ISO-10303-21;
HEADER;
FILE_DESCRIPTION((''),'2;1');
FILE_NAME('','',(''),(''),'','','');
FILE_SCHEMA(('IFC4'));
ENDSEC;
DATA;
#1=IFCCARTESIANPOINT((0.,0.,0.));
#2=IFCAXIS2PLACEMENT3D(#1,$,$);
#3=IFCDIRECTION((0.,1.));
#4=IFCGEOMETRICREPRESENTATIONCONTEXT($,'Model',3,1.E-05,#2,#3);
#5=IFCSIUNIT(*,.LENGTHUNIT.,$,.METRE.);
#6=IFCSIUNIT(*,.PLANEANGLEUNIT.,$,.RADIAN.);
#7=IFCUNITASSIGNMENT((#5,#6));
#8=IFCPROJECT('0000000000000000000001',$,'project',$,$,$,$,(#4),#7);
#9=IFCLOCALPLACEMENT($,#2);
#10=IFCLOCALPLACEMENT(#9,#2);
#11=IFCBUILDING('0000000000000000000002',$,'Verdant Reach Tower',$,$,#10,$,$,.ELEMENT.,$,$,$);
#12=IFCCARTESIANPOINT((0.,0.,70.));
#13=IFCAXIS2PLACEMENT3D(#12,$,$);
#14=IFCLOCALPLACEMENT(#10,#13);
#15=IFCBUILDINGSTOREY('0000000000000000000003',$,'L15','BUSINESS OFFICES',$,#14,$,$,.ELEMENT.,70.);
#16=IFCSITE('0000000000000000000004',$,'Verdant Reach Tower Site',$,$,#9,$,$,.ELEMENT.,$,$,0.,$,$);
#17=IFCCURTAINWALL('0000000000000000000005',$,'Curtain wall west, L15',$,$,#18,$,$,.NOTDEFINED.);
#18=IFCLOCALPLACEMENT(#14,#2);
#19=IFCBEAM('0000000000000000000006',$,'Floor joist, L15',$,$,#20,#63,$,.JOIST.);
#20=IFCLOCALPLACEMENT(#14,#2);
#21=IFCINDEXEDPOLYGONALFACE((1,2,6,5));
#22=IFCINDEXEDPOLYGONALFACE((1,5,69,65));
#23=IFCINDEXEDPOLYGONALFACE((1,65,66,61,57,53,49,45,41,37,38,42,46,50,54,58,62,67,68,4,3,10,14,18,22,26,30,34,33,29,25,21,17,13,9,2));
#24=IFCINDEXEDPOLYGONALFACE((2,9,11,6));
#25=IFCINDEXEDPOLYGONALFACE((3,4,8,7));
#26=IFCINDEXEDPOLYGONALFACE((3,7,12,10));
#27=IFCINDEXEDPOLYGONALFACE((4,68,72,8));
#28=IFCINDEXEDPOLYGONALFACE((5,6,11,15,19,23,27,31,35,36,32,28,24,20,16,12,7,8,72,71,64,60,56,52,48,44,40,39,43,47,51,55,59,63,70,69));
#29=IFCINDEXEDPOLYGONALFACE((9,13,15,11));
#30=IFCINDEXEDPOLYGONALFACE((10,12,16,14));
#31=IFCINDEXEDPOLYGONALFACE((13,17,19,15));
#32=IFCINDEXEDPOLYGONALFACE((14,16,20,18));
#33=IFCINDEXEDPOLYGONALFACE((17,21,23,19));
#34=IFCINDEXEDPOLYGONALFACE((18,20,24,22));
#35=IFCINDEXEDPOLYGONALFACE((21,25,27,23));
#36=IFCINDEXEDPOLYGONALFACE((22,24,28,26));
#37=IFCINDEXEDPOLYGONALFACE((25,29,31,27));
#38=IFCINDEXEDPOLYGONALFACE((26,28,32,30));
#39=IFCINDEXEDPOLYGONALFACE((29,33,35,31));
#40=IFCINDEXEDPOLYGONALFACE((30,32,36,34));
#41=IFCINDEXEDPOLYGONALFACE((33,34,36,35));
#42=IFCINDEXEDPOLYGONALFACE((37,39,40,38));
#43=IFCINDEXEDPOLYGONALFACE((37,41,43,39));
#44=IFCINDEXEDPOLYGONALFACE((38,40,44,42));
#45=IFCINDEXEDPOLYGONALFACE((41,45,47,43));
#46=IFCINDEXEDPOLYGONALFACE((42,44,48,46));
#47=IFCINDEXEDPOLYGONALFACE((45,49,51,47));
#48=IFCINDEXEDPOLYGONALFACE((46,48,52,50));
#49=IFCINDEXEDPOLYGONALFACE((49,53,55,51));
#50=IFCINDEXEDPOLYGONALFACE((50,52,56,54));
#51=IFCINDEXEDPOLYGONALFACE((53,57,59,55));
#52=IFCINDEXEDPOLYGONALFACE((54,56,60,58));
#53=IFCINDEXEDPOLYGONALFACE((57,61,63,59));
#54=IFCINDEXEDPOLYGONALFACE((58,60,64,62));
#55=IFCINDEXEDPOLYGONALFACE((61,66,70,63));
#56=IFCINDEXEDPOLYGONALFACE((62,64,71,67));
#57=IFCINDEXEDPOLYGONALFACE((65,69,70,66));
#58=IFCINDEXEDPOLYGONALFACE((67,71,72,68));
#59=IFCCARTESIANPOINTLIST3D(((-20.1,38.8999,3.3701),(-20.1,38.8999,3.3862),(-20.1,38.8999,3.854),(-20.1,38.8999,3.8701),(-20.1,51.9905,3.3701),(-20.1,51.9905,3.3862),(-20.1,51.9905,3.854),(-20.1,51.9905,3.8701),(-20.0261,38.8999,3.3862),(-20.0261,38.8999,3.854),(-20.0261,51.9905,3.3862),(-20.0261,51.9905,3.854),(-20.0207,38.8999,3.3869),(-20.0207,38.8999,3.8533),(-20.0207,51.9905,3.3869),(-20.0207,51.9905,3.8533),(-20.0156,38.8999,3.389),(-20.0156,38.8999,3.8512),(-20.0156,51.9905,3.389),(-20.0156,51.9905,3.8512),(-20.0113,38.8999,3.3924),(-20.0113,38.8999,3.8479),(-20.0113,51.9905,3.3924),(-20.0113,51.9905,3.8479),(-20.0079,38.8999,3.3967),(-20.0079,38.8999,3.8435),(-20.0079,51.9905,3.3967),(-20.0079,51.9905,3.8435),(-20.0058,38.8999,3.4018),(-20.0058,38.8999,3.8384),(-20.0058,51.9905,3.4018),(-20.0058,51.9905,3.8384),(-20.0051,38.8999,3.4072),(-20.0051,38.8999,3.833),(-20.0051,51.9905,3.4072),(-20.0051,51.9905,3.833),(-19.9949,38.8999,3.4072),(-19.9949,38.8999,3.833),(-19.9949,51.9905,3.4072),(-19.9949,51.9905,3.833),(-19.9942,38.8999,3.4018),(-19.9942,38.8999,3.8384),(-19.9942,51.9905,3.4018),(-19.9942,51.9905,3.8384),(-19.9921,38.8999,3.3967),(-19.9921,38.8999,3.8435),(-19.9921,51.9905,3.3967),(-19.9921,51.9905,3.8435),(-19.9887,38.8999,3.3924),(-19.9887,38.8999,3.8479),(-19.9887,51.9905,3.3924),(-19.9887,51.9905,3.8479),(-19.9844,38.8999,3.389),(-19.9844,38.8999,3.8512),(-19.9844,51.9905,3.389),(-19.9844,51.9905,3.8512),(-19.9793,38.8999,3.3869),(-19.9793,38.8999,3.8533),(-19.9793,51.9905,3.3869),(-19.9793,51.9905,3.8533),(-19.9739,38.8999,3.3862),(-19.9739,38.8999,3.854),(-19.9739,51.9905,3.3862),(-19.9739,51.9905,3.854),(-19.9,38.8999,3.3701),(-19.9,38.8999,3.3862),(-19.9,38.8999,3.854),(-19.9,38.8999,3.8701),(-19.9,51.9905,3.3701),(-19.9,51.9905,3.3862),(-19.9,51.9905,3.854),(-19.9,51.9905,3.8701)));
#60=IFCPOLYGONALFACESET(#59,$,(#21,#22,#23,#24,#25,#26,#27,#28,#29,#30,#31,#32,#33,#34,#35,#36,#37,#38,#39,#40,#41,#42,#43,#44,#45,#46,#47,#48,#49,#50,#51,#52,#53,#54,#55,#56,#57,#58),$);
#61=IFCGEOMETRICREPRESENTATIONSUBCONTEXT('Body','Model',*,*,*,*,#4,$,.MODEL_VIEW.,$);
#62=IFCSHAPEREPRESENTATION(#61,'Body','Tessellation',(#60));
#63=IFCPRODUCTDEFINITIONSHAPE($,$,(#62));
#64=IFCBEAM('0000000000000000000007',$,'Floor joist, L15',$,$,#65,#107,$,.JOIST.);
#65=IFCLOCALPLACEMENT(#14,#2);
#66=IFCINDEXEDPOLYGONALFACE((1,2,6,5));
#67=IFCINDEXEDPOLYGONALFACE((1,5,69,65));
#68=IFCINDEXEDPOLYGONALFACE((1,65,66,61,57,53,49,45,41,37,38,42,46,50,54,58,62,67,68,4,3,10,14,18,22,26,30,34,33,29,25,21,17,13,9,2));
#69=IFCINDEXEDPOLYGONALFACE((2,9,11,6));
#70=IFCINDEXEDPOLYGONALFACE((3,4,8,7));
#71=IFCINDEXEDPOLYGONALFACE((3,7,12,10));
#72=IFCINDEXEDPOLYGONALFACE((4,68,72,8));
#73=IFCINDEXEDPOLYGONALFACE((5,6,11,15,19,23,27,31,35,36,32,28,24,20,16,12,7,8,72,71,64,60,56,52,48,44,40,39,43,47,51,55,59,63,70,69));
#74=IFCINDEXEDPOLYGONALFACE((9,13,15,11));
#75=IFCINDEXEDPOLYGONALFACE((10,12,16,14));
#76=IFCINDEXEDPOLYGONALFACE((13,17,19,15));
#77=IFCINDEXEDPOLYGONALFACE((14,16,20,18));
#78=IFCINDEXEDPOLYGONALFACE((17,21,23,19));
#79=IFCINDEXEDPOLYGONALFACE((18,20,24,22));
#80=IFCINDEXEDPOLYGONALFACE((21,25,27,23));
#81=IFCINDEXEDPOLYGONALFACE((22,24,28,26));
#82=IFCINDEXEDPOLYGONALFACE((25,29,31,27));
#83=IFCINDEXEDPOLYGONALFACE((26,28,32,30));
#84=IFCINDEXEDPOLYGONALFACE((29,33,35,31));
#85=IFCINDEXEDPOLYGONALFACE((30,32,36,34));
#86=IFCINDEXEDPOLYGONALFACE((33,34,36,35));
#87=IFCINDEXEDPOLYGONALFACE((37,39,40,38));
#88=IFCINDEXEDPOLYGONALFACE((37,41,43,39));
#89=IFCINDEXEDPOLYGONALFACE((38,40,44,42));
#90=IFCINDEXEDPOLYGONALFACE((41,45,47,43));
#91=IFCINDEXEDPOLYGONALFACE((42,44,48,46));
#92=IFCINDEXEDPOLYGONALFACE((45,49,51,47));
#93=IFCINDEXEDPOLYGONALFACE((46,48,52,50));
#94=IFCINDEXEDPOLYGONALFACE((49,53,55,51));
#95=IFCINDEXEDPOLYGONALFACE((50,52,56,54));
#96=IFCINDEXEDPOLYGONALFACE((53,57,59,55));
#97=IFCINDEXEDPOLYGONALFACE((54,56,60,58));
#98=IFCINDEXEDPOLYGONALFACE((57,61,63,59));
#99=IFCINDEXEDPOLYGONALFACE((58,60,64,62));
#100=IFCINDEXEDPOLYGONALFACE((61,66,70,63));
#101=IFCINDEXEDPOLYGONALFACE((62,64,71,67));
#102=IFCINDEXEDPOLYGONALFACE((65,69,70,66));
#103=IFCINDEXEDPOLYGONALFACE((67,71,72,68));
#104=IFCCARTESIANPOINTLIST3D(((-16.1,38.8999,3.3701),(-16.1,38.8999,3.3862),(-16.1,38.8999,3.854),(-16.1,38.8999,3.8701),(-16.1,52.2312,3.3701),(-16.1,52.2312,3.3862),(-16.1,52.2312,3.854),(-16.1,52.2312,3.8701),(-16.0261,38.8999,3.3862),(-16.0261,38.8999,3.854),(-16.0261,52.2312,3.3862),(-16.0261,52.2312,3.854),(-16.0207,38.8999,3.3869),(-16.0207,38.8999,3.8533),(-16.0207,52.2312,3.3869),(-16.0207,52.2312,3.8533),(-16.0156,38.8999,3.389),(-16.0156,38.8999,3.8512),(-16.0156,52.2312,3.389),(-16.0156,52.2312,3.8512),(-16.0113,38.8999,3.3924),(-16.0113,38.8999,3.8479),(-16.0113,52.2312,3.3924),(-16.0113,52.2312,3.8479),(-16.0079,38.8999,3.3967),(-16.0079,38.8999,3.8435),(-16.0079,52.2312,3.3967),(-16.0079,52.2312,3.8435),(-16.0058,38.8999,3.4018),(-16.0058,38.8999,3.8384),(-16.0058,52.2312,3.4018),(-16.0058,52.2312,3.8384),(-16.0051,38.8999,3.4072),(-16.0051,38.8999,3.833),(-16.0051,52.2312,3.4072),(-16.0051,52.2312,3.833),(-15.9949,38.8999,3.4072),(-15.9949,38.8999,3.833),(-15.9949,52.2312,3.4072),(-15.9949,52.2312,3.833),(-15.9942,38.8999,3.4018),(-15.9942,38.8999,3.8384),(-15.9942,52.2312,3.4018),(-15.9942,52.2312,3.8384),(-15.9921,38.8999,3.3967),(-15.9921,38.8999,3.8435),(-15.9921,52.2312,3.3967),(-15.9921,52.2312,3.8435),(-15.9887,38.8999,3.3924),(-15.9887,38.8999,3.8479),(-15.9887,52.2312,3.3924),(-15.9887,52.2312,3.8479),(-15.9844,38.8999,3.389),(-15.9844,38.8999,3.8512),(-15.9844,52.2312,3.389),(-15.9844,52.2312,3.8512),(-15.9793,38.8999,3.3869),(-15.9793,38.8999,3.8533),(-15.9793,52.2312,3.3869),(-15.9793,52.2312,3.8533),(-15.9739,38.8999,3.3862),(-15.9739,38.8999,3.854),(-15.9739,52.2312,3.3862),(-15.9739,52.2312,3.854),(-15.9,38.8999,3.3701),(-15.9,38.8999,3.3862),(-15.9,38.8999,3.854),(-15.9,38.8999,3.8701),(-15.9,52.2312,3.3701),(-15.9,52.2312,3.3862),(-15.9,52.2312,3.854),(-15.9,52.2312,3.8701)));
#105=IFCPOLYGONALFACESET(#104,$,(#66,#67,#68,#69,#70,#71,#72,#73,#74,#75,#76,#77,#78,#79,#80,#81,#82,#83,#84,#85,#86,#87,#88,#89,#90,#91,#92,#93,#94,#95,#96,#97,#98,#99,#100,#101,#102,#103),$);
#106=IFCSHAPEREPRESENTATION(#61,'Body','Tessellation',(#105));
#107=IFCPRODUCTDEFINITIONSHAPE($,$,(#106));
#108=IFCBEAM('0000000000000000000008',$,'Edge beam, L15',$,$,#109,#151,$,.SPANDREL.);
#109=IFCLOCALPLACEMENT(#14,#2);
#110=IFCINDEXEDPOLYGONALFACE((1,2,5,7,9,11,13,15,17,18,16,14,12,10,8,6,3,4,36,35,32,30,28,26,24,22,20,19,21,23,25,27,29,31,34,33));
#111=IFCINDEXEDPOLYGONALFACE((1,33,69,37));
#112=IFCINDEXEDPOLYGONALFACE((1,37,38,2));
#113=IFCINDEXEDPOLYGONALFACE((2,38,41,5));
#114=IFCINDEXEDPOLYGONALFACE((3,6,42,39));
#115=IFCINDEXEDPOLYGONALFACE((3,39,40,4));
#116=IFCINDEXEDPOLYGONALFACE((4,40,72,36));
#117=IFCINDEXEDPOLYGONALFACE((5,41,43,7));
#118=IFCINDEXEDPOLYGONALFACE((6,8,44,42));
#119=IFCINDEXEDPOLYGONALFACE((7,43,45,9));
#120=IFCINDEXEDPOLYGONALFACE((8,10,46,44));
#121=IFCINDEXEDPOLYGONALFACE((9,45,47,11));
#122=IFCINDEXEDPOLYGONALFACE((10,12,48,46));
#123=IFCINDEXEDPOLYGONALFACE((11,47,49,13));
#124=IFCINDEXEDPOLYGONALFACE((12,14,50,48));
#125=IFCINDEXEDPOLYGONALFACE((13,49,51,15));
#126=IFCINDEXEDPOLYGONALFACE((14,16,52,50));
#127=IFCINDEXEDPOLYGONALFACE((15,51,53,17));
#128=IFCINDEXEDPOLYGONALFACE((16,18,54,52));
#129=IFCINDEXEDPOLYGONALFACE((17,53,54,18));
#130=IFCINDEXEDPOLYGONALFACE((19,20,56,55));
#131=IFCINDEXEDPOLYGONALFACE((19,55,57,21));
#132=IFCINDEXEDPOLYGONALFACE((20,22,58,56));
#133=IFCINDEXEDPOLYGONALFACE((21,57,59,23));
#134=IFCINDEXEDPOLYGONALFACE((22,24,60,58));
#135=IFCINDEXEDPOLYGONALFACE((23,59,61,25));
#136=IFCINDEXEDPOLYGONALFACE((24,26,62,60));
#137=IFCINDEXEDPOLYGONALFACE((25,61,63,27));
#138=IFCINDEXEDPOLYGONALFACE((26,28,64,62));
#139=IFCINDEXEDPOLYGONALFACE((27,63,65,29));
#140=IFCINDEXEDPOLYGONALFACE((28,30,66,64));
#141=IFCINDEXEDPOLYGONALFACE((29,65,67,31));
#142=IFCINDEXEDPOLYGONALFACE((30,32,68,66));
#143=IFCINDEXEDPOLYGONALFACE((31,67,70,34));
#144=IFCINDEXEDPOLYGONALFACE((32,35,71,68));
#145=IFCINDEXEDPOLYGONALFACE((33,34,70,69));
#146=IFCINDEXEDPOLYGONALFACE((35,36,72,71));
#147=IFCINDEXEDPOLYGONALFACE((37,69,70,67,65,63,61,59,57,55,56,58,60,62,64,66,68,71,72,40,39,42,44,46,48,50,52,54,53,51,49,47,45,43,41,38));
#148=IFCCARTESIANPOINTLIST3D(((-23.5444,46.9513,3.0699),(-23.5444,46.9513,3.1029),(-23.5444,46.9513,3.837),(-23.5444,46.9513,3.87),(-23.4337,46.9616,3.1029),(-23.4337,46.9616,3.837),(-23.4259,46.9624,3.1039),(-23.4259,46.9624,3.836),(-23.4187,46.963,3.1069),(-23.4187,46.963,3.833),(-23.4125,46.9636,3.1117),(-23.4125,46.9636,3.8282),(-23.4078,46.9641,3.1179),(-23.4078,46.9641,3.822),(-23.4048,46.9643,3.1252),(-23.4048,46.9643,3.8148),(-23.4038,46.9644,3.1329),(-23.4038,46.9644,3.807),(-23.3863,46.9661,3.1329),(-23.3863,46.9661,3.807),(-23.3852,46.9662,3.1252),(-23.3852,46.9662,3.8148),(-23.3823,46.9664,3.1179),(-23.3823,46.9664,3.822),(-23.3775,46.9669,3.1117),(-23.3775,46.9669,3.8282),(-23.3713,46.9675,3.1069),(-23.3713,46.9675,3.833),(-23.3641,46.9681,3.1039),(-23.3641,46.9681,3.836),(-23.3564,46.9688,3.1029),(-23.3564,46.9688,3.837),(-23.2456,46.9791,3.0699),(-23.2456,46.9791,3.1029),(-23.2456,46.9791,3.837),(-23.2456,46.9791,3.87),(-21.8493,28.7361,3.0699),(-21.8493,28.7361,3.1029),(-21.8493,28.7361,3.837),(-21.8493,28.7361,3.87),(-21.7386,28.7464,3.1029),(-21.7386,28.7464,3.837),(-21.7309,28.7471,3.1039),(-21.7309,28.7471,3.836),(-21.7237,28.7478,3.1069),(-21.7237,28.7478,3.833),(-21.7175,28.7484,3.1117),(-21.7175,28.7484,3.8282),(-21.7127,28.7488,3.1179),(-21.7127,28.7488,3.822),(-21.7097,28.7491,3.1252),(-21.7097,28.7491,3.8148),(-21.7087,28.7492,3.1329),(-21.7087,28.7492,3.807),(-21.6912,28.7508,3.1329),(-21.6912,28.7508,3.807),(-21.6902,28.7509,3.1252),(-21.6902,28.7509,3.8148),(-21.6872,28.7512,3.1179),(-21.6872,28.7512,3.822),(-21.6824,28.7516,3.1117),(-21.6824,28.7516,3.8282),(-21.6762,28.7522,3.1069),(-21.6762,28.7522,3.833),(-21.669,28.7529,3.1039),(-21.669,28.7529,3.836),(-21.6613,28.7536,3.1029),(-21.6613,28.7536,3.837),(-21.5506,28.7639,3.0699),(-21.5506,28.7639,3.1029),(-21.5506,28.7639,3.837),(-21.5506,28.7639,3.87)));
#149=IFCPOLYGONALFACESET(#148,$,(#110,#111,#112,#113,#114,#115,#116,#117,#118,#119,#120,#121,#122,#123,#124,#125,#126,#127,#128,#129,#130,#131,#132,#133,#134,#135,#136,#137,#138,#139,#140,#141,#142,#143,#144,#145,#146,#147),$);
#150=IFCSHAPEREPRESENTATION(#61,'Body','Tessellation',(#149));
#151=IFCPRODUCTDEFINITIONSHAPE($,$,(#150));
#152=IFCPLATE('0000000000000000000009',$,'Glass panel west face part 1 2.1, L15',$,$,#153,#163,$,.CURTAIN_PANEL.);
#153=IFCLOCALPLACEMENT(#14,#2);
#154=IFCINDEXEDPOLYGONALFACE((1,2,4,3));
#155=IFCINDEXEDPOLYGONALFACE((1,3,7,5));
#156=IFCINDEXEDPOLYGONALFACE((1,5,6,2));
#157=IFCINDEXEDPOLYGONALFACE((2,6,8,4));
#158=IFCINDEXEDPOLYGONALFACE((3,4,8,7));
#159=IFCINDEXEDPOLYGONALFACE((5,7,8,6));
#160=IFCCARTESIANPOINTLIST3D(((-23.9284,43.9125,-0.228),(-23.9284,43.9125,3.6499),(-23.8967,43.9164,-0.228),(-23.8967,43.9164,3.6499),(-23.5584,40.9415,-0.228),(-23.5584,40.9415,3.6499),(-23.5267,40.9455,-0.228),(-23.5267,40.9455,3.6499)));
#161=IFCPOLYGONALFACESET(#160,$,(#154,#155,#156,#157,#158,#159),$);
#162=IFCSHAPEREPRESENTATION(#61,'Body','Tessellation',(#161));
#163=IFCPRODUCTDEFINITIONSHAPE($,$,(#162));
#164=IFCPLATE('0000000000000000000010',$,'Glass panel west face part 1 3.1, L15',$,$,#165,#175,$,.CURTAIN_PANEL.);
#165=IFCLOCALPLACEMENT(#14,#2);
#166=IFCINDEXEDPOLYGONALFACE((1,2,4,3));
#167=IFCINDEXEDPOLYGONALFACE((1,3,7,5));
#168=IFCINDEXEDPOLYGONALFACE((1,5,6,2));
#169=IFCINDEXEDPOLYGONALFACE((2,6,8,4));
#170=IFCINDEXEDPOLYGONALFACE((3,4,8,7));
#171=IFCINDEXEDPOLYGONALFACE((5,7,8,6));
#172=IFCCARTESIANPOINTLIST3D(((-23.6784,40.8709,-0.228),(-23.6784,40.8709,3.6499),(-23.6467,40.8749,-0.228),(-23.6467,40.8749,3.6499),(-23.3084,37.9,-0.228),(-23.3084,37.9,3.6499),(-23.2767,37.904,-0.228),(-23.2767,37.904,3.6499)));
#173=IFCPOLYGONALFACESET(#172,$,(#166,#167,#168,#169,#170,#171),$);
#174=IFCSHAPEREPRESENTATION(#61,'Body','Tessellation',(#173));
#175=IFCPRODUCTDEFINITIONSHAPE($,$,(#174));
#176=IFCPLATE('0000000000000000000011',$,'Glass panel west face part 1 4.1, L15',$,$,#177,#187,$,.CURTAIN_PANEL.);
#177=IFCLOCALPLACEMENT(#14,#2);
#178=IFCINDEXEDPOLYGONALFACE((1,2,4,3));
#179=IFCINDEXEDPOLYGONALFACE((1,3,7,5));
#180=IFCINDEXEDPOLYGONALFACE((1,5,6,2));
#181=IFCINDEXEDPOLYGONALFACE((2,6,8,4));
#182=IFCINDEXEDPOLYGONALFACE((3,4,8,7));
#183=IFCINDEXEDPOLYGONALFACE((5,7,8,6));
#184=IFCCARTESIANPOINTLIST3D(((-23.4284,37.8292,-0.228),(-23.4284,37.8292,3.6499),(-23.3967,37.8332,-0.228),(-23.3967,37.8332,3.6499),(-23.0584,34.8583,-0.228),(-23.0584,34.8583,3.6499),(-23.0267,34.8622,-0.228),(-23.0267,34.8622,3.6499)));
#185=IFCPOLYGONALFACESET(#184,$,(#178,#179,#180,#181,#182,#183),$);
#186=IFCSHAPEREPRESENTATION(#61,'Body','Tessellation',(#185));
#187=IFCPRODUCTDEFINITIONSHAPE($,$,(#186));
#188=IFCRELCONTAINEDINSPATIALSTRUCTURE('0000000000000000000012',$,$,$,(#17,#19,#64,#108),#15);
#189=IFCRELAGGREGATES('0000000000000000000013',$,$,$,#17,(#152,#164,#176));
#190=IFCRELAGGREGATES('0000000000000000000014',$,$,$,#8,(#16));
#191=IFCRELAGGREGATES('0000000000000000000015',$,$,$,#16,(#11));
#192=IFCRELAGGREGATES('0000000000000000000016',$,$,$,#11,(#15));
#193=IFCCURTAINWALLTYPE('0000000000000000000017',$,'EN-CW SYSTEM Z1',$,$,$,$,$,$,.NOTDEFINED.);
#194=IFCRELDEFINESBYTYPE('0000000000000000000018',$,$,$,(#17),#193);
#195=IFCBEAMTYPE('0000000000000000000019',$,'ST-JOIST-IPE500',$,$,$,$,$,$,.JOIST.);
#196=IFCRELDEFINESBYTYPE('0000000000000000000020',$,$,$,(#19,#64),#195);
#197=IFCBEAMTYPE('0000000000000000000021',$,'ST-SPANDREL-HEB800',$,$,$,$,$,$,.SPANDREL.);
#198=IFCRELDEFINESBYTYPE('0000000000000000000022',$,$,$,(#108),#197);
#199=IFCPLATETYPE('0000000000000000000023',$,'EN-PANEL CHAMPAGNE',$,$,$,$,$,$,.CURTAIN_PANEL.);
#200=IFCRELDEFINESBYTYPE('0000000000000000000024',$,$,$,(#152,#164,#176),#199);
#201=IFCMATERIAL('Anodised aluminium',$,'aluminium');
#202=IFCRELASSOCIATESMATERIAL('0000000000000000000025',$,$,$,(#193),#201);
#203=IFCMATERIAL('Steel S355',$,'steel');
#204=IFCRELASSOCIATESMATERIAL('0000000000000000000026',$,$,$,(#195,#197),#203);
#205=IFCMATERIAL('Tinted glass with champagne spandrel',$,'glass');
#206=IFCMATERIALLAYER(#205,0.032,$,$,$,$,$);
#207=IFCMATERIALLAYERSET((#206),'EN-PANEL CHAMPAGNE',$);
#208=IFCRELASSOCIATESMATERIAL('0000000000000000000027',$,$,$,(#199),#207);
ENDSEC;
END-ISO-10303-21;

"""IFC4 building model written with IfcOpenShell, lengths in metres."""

from ifc_helpers import new_model, si_unit, direction, frame, origin, origin_2d, place, context, subcontext, project, spatial, rectangle, i_section, extrude, material, layer, layer_set, material_profile, profile_set, type_object, element, aggregate, save


model = new_model("IFC4")

# Units and contexts
model_context = context("Model", 3, precision=1e-05, world=origin(), true_north=direction((0.0, 1.0)))
body_context = subcontext(model_context, "Body", "Model", "MODEL_VIEW")
ifc_project = project(units=[si_unit("LENGTHUNIT", "METRE"), si_unit("PLANEANGLEUNIT", "RADIAN")], contexts=[model_context])

# Site, building, storey
site_placement = place(None, origin())
site = spatial("IfcSite", under=ifc_project, at=site_placement, Name="Verdant Reach Tower Site", CompositionType="ELEMENT", RefElevation=0.0)
building_placement = place(site_placement, origin())
building = spatial("IfcBuilding", under=site, at=building_placement, Name="Verdant Reach Tower", CompositionType="ELEMENT")
storey_placement = place(building_placement, frame((0.0, 0.0, 70.0)))
storey = spatial("IfcBuildingStorey", under=building, at=storey_placement, Name="L15", Description="BUSINESS OFFICES", CompositionType="ELEMENT", Elevation=70.0)

# Curtain wall
ifc_material_1 = material(Name="Anodised aluminium", Category="aluminium")
curtain_wall_type = type_object("IfcCurtainWallType", Name="EN-CW SYSTEM Z1", PredefinedType="NOTDEFINED", material=ifc_material_1)
curtain_wall_placement = place(storey_placement, origin())
curtain_wall = element("IfcCurtainWall", 1, at=curtain_wall_placement, inside=storey, type_object=curtain_wall_type, Name="Curtain wall west, L15", PredefinedType="NOTDEFINED")

# Beams
ifc_material_2 = material(Name="Steel S355", Category="steel")
ifc_material_profile_1 = material_profile(ifc_material_2, i_section(OverallWidth=0.2, OverallDepth=0.5, WebThickness=0.0103, FlangeThickness=0.0161, FilletRadius=0.021, at=origin_2d()), Name="IPE 500")
ifc_profile_set_1 = profile_set([ifc_material_profile_1], Name="Steel S355")
beam_type_1 = type_object("IfcBeamType", Name="ST-JOIST-IPE500", PredefinedType="JOIST", material=ifc_profile_set_1)
beam_1_placement = place(storey_placement, frame((-20.0, 38.8999, 3.6201), z_axis=(0.0, 1.0, 0.0), x_axis=(-1.0, 0.0, 0.0)))
element("IfcBeam", 2, at=beam_1_placement, inside=storey, type_object=beam_type_1, Name="Floor joist, L15", PredefinedType="JOIST", context=body_context, shape_type="SweptSolid", body=[
    extrude(i_section(OverallWidth=0.2, OverallDepth=0.5, WebThickness=0.0103, FlangeThickness=0.0161, FilletRadius=0.021, at=origin_2d()), origin(), (0.0, 0.0, 1.0), 13.0906),
])
beam_2_placement = place(storey_placement, frame((-16.0, 38.8999, 3.6201), z_axis=(0.0, 1.0, 0.0), x_axis=(-1.0, 0.0, 0.0)))
element("IfcBeam", 3, at=beam_2_placement, inside=storey, type_object=beam_type_1, Name="Floor joist, L15", PredefinedType="JOIST", context=body_context, shape_type="SweptSolid", body=[
    extrude(i_section(OverallWidth=0.2, OverallDepth=0.5, WebThickness=0.0103, FlangeThickness=0.0161, FilletRadius=0.021, at=origin_2d()), origin(), (0.0, 0.0, 1.0), 13.3313),
])
ifc_material_profile_2 = material_profile(ifc_material_2, i_section(OverallWidth=0.3, OverallDepth=0.8, WebThickness=0.0176, FlangeThickness=0.033, FilletRadius=0.03, at=origin_2d()), Name="HEB 800")
ifc_profile_set_2 = profile_set([ifc_material_profile_2], Name="Steel S355")
beam_type_2 = type_object("IfcBeamType", Name="ST-SPANDREL-HEB800", PredefinedType="SPANDREL", material=ifc_profile_set_2)
beam_3_placement = place(storey_placement, frame((-21.7, 28.75, 3.47), z_axis=(-0.092657, 0.995698, 0.0), x_axis=(-0.995698, -0.092657, 0.0)))
element("IfcBeam", 4, at=beam_3_placement, inside=storey, type_object=beam_type_2, Name="Edge beam, L15", PredefinedType="SPANDREL", context=body_context, shape_type="SweptSolid", body=[
    extrude(i_section(OverallWidth=0.3, OverallDepth=0.8, WebThickness=0.0176, FlangeThickness=0.033, FilletRadius=0.03, at=origin_2d()), origin(), (0.0, 0.0, 1.0), 18.2939),
])

# Plates
ifc_material_3 = material(Name="Tinted glass with champagne spandrel", Category="glass")
ifc_layer_1 = layer(ifc_material_3, 0.032)
ifc_layer_set_1 = layer_set([ifc_layer_1], Name="EN-PANEL CHAMPAGNE")
plate_type_1 = type_object("IfcPlateType", Name="EN-PANEL CHAMPAGNE", PredefinedType="CURTAIN_PANEL", material=ifc_layer_set_1)
plate_1_placement = place(storey_placement, frame((-23.7275, 42.429, -0.228), z_axis=(0.0, 0.0, 1.0), x_axis=(0.123579, -0.992335, 0.0)))
plate_1 = element("IfcPlate", 5, at=plate_1_placement, type_object=plate_type_1, Name="Glass panel west face part 1 2.1, L15", PredefinedType="CURTAIN_PANEL", context=body_context, shape_type="SweptSolid", body=[
    extrude(rectangle(XDim=2.9939, YDim=0.032, at=origin_2d()), origin(), (0.0, 0.0, 1.0), 3.8779),
])
plate_2_placement = place(storey_placement, frame((-23.4775, 39.3875, -0.228), z_axis=(0.0, 0.0, 1.0), x_axis=(0.123579, -0.992335, 0.0)))
plate_2 = element("IfcPlate", 6, at=plate_2_placement, type_object=plate_type_1, Name="Glass panel west face part 1 3.1, L15", PredefinedType="CURTAIN_PANEL", context=body_context, shape_type="SweptSolid", body=[
    extrude(rectangle(XDim=2.9939, YDim=0.032, at=origin_2d()), origin(), (0.0, 0.0, 1.0), 3.8779),
])
plate_3_placement = place(storey_placement, frame((-23.2275, 36.3457, -0.228), z_axis=(0.0, 0.0, 1.0), x_axis=(0.123579, -0.992335, 0.0)))
plate_3 = element("IfcPlate", 7, at=plate_3_placement, type_object=plate_type_1, Name="Glass panel west face part 1 4.1, L15", PredefinedType="CURTAIN_PANEL", context=body_context, shape_type="SweptSolid", body=[
    extrude(rectangle(XDim=2.9939, YDim=0.032, at=origin_2d()), origin(), (0.0, 0.0, 1.0), 3.8779),
])
aggregate(curtain_wall, [plate_1, plate_2, plate_3])

save(model, "model.ifc")
